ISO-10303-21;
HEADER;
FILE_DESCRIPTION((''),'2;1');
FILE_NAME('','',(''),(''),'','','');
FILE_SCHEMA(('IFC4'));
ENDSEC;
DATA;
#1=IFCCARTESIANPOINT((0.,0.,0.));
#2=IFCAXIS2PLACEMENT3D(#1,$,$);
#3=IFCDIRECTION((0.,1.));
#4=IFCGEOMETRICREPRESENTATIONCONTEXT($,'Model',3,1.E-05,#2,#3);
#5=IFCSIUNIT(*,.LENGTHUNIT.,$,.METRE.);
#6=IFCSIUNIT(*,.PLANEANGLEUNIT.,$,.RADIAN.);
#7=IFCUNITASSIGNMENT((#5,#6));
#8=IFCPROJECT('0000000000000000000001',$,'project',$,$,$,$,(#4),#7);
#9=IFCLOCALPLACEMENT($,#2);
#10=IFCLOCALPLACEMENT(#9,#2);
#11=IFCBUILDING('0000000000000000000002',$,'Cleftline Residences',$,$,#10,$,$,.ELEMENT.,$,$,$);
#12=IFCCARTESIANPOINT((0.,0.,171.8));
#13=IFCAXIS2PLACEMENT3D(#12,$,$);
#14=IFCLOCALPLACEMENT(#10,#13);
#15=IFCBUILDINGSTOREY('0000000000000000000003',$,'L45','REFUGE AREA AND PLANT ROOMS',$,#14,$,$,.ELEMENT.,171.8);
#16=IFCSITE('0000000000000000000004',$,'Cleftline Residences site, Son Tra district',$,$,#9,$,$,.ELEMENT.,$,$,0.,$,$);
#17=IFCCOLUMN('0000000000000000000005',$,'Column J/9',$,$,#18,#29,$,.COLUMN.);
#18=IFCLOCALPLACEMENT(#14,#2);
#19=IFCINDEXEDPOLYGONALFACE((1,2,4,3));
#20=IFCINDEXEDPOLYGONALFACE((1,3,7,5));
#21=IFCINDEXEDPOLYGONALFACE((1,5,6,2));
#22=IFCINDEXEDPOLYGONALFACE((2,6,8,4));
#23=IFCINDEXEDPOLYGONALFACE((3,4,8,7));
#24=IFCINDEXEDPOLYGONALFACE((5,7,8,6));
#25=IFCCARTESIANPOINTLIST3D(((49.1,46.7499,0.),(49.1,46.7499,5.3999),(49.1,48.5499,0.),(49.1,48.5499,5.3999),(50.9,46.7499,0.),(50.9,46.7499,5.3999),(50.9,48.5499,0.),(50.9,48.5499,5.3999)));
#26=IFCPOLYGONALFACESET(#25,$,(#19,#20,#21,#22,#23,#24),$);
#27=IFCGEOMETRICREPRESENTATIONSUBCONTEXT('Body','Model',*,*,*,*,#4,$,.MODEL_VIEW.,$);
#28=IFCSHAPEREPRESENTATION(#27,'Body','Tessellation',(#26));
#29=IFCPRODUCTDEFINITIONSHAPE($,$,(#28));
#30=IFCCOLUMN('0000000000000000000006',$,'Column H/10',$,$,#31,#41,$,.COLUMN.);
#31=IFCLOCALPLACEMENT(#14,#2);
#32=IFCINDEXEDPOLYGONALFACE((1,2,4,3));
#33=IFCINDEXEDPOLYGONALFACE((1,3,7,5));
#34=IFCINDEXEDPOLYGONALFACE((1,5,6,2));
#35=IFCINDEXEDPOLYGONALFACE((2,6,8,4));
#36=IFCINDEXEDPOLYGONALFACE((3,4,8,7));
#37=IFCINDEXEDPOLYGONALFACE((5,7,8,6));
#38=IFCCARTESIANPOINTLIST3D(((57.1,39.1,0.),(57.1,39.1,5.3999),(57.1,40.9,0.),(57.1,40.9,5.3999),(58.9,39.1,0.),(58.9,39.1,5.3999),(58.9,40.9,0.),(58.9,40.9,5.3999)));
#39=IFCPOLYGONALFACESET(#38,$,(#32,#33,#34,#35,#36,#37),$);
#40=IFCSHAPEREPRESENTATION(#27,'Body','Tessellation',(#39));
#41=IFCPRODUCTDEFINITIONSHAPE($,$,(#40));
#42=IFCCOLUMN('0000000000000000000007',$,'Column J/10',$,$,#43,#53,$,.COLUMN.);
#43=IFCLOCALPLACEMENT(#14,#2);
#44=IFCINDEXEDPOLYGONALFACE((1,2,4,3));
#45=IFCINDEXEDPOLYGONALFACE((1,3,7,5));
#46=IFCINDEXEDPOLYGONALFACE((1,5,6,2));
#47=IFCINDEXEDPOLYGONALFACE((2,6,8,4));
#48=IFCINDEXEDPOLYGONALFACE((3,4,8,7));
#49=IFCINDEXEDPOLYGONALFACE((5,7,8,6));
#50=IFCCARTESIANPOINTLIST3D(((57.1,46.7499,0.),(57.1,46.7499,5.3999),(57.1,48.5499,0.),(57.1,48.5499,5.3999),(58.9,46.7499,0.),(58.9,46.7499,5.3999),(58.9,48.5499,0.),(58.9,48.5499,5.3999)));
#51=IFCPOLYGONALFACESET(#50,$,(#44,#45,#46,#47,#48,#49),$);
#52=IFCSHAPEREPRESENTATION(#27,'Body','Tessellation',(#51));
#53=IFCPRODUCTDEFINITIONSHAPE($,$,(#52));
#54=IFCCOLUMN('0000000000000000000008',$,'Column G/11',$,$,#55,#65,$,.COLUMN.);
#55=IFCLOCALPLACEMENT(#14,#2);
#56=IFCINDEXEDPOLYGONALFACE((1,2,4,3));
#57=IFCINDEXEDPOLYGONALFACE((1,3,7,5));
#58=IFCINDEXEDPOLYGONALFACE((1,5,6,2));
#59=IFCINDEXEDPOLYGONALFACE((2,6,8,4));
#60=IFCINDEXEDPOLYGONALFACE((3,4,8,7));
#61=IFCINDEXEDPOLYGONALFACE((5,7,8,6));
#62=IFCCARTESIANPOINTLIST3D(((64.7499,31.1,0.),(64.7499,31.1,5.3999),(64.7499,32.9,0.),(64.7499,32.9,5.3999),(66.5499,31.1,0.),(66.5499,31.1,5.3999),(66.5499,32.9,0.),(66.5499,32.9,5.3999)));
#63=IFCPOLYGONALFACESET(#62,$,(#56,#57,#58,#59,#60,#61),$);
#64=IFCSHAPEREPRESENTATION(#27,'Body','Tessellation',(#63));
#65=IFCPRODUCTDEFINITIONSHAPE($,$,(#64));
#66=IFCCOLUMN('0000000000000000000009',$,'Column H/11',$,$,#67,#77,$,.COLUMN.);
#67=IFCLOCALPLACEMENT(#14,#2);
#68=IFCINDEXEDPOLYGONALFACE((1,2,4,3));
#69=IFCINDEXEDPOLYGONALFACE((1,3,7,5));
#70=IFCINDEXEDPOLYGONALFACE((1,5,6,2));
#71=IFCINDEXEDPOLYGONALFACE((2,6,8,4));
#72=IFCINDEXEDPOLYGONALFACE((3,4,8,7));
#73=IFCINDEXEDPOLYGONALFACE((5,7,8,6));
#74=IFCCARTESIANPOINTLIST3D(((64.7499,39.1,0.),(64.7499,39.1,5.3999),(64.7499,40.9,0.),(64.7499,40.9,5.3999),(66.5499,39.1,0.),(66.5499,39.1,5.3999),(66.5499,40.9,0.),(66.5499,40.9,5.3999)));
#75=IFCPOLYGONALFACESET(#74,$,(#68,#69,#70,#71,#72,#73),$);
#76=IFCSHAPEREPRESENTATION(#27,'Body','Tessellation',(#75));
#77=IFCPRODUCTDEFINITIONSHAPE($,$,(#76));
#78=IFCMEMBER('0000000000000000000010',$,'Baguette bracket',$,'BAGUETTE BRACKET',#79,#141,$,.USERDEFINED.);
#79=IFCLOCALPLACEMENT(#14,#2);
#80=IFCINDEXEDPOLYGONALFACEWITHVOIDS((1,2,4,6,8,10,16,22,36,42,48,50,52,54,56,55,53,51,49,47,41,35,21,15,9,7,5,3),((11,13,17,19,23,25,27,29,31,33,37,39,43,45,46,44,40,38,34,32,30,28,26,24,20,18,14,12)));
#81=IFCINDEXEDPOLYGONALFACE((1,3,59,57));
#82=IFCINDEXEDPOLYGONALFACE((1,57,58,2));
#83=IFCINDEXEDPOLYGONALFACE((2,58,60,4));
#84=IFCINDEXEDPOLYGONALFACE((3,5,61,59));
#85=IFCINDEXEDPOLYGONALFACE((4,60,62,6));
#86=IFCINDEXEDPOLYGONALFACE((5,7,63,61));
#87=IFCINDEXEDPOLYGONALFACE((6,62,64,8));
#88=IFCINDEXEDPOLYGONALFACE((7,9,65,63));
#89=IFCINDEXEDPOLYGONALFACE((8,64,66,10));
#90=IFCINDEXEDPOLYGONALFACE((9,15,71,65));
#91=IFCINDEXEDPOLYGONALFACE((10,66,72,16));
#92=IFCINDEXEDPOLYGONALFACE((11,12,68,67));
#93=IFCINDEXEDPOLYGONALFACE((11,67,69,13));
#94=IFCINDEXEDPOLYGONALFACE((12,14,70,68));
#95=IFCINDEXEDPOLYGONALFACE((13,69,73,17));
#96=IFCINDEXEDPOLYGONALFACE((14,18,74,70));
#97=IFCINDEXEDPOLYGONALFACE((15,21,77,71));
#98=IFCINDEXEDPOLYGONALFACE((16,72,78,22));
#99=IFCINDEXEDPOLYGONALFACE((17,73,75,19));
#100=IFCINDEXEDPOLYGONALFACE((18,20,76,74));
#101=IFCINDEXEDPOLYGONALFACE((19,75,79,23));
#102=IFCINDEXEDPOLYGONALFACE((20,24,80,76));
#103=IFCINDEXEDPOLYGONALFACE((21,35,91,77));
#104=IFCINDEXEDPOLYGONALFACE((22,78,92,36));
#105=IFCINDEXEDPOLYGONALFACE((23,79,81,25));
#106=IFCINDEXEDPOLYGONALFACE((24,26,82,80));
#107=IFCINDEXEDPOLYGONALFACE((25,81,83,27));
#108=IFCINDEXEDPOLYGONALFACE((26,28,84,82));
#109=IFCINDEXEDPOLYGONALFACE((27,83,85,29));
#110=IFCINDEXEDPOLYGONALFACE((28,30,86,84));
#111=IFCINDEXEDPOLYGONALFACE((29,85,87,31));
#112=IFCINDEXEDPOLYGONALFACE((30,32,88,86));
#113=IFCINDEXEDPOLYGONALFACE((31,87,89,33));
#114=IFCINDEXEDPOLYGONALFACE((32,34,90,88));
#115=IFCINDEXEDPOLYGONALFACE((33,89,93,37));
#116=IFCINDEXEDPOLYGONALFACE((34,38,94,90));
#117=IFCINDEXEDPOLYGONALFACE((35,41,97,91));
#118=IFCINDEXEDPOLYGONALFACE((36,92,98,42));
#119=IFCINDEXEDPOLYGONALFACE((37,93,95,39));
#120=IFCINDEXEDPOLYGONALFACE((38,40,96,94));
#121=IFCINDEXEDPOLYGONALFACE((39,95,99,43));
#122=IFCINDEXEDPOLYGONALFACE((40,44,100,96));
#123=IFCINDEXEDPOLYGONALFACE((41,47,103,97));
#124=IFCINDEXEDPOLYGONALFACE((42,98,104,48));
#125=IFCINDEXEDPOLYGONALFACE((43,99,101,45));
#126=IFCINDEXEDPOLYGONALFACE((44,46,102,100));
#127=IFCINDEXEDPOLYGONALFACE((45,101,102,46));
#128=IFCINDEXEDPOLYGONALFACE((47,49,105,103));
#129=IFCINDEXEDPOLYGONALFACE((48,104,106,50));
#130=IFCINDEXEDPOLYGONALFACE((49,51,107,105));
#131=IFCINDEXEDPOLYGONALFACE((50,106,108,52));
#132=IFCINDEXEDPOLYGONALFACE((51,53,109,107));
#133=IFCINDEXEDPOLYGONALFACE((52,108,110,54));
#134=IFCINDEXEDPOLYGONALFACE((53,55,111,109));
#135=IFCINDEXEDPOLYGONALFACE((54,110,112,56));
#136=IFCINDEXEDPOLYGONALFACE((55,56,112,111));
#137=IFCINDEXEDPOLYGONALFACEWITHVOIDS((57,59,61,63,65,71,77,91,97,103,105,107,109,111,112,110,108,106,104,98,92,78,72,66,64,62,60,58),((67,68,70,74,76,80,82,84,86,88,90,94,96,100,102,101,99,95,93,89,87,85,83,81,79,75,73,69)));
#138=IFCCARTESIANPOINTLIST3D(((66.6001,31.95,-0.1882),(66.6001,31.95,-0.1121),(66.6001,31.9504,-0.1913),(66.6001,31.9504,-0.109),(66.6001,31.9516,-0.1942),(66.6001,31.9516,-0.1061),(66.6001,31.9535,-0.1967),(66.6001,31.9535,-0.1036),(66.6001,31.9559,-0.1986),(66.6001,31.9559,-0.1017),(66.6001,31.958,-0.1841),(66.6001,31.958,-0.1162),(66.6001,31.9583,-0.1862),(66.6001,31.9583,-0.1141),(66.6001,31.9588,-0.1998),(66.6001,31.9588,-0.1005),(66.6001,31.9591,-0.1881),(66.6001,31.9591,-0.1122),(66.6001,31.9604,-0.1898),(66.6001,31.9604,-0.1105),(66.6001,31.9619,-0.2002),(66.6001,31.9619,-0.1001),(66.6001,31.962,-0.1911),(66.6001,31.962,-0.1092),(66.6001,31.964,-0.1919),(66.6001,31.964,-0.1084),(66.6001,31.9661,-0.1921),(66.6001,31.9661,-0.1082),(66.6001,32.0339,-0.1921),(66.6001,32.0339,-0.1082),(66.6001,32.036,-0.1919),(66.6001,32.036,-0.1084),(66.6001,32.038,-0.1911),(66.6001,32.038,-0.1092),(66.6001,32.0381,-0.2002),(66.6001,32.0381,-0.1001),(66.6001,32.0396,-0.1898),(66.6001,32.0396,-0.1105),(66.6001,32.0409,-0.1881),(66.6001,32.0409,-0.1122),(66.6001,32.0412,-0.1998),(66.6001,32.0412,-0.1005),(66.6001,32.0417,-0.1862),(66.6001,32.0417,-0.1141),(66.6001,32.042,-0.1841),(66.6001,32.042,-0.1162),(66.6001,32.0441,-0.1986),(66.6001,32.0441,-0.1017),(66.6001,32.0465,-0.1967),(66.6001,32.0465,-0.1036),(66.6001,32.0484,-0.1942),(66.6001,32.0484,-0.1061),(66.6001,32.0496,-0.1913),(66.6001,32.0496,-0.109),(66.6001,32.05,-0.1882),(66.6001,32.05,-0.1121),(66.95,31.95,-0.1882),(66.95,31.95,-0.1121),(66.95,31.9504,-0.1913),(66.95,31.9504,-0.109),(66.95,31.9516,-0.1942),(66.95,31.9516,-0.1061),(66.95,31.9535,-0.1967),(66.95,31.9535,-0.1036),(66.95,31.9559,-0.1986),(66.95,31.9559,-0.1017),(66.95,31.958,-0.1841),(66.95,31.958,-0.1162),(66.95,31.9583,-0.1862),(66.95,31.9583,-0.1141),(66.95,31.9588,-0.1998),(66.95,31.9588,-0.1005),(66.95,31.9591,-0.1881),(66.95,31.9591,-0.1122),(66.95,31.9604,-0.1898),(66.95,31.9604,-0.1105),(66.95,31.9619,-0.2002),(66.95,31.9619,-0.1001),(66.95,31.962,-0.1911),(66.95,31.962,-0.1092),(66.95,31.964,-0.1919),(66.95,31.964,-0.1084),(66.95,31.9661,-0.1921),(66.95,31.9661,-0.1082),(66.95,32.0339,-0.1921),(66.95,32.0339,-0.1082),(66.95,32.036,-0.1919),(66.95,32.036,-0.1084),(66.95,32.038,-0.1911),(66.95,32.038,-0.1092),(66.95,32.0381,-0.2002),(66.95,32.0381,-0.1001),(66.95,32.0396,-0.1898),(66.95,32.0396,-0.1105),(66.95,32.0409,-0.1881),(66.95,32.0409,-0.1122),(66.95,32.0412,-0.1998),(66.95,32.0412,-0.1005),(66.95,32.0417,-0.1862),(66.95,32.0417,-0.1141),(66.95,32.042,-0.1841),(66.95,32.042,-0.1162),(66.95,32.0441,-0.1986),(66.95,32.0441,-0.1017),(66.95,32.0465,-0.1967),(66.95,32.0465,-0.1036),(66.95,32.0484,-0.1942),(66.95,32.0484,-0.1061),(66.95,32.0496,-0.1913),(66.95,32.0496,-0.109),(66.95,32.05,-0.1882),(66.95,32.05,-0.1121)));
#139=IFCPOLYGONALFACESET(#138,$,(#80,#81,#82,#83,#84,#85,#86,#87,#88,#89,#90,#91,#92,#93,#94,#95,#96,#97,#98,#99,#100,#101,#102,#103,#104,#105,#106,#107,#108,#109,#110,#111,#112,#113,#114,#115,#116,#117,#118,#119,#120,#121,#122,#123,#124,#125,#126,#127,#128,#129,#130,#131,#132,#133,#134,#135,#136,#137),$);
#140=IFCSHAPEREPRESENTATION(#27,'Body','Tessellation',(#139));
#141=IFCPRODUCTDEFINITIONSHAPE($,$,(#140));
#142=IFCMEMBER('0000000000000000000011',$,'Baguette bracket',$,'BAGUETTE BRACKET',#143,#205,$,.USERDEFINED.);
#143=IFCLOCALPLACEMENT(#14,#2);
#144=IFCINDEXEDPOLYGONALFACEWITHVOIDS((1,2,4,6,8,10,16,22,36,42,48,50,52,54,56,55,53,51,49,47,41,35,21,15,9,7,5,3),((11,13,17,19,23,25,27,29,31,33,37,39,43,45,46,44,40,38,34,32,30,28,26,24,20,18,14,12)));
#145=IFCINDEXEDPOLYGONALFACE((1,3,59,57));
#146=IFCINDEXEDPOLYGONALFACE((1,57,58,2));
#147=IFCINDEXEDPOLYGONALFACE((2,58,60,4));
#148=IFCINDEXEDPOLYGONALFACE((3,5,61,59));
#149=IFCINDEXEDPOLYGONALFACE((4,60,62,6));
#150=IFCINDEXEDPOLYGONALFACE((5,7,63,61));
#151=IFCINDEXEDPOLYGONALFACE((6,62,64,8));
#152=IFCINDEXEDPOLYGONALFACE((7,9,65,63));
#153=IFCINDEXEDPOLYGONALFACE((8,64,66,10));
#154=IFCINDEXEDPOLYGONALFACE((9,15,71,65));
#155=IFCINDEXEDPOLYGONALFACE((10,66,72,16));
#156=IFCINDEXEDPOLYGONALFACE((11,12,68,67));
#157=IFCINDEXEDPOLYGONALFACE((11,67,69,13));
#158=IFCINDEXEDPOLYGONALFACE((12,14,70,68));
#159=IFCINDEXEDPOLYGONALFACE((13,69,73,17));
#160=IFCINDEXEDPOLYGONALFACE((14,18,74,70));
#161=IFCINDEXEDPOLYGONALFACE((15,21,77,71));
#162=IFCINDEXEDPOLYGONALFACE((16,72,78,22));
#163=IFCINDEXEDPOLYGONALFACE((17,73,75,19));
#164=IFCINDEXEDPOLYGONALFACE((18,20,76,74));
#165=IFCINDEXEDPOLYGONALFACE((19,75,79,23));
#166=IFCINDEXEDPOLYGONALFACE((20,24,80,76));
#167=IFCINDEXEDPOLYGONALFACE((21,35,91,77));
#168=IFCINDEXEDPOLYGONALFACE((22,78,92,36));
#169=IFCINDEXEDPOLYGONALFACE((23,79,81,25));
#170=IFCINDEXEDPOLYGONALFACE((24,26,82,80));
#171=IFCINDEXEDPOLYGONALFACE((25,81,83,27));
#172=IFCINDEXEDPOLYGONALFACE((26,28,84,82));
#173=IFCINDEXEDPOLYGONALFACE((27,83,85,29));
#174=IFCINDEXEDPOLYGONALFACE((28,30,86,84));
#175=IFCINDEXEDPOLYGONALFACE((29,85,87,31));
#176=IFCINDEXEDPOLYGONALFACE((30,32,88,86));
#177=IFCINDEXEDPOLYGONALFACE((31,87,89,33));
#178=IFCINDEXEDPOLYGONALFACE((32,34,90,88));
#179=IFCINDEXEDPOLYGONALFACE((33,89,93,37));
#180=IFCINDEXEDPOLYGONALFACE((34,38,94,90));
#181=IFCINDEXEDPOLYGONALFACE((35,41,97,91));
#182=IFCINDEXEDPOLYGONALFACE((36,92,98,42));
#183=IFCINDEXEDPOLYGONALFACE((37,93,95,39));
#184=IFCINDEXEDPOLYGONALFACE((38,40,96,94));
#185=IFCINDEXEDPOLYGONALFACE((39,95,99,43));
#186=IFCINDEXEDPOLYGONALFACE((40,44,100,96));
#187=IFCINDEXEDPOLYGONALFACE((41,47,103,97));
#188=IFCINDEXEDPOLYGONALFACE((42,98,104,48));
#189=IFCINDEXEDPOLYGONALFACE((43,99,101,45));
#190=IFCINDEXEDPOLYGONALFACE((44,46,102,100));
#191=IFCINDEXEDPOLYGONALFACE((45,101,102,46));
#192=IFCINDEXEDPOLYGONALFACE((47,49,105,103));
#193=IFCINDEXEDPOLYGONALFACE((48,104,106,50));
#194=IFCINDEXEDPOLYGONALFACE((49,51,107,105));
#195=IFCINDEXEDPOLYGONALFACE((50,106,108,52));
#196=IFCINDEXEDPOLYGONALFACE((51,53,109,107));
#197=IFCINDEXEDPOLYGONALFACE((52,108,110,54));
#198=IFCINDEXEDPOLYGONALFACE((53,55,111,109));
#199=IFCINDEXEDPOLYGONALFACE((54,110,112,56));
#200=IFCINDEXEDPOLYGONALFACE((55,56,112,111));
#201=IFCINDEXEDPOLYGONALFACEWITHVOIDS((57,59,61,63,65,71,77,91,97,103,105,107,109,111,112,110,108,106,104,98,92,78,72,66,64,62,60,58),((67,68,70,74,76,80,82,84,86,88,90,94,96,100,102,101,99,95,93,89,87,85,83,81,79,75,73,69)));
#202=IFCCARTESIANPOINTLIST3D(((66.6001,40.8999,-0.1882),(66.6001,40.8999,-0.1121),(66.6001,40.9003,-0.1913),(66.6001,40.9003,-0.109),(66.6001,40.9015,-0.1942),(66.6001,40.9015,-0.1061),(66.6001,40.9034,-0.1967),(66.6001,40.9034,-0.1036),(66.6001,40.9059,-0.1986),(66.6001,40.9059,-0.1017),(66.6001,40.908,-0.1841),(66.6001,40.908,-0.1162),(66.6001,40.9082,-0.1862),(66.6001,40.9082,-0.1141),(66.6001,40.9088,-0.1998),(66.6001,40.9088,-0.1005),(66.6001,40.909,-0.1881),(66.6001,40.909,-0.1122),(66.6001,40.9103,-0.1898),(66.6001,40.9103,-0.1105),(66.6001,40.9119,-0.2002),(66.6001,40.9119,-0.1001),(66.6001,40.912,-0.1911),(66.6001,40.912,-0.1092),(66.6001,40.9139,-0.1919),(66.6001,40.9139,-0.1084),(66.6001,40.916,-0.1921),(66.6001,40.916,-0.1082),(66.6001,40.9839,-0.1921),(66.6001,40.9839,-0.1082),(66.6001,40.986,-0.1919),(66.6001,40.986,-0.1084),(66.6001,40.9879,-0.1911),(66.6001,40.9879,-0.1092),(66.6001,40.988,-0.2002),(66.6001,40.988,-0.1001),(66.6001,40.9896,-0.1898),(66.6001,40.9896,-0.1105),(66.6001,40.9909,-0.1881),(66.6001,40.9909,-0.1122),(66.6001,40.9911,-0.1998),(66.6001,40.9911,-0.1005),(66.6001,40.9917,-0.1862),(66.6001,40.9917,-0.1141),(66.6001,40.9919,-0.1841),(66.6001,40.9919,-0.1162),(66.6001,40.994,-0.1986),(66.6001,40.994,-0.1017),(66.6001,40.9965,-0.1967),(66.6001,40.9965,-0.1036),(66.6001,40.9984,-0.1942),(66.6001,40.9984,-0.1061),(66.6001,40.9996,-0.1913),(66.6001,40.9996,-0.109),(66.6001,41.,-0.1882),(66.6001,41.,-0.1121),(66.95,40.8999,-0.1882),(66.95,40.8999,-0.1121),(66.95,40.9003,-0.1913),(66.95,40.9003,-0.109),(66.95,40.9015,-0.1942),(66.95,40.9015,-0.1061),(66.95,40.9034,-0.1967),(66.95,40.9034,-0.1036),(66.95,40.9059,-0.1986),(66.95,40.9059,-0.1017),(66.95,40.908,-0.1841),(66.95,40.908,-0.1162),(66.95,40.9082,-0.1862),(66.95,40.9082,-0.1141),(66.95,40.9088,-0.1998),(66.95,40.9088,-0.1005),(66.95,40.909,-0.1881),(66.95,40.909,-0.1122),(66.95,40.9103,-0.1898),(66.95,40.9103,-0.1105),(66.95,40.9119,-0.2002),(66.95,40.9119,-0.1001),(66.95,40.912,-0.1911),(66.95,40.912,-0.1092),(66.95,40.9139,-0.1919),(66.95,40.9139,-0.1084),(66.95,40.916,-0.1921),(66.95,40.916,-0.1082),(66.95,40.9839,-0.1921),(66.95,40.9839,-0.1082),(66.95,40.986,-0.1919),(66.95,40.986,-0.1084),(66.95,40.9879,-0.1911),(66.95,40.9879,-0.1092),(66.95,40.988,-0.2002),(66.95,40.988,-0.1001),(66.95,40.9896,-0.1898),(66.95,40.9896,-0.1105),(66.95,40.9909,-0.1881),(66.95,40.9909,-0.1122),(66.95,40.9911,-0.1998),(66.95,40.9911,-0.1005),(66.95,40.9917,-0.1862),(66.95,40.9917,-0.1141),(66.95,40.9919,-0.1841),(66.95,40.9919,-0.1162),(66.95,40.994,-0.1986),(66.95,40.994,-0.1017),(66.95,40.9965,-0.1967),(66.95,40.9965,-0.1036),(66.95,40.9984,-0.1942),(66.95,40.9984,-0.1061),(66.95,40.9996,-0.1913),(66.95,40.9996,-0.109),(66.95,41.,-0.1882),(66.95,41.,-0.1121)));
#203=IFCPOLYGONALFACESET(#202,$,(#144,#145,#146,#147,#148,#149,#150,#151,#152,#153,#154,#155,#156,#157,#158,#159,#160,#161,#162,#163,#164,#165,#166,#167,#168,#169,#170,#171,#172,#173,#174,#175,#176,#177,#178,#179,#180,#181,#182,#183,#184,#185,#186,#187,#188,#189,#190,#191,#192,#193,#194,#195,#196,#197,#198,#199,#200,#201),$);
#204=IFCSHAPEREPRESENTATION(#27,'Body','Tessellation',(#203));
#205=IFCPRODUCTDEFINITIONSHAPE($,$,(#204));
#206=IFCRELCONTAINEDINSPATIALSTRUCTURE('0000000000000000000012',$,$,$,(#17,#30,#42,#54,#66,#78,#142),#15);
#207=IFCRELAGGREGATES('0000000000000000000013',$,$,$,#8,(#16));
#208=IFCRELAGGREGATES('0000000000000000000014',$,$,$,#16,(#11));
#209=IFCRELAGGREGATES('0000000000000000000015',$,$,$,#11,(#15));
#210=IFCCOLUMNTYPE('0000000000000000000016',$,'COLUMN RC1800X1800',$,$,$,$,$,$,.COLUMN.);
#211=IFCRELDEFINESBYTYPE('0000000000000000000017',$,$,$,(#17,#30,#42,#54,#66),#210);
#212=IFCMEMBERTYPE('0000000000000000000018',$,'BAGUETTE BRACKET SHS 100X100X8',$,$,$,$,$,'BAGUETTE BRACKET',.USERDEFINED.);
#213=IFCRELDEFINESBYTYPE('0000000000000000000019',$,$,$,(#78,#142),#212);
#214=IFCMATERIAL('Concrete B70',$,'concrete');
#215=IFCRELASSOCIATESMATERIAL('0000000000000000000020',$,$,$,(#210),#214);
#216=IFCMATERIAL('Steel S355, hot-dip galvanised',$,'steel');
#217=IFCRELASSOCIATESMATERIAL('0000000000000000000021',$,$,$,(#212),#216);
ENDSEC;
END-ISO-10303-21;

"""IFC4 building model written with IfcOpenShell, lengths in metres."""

from ifc_helpers import new_model, si_unit, direction, frame, origin, origin_2d, place, context, subcontext, project, spatial, rectangle, hollow_rectangle, extrude, material, material_profile, profile_set, type_object, element, save


model = new_model("IFC4")

# Units and contexts
model_context = context("Model", 3, precision=1e-05, world=origin(), true_north=direction((0.0, 1.0)))
body_context = subcontext(model_context, "Body", "Model", "MODEL_VIEW")
ifc_project = project(units=[si_unit("LENGTHUNIT", "METRE"), si_unit("PLANEANGLEUNIT", "RADIAN")], contexts=[model_context])

# Site, building, storey
site_placement = place(None, origin())
site = spatial("IfcSite", under=ifc_project, at=site_placement, Name="Cleftline Residences site, Son Tra district", CompositionType="ELEMENT", RefElevation=0.0)
building_placement = place(site_placement, origin())
building = spatial("IfcBuilding", under=site, at=building_placement, Name="Cleftline Residences", CompositionType="ELEMENT")
storey_placement = place(building_placement, frame((0.0, 0.0, 171.8)))
storey = spatial("IfcBuildingStorey", under=building, at=storey_placement, Name="L45", Description="REFUGE AREA AND PLANT ROOMS", CompositionType="ELEMENT", Elevation=171.8)

# Columns
ifc_material_1 = material(Name="Concrete B70", Category="concrete")
ifc_material_profile_1 = material_profile(ifc_material_1, rectangle(XDim=1.8, YDim=1.8, at=origin_2d()))
ifc_profile_set_1 = profile_set([ifc_material_profile_1], Name="Concrete B70")
column_type = type_object("IfcColumnType", Name="COLUMN RC1800X1800", PredefinedType="COLUMN", material=ifc_profile_set_1)
for number, where, z_axis, x_axis, name in (
    (1, (50.0, 47.6499, 0.0), (0.0, 0.0, 1.0), (1.0, 0.0, 0.0), "Column J/9"),
    (2, (58.0, 40.0, 0.0), (0.0, 0.0, 1.0), (1.0, 0.0, 0.0), "Column H/10"),
    (3, (58.0, 47.6499, 0.0), (0.0, 0.0, 1.0), (1.0, 0.0, 0.0), "Column J/10"),
    (4, (65.6499, 32.0, 0.0), (0.0, 0.0, 1.0), (1.0, 0.0, 0.0), "Column G/11"),
    (5, (65.6499, 40.0, 0.0), (0.0, 0.0, 1.0), (1.0, 0.0, 0.0), "Column H/11"),
):
    element("IfcColumn", number, at=place(storey_placement, frame(where, z_axis=z_axis, x_axis=x_axis)), inside=storey, type_object=column_type, Name=name, PredefinedType="COLUMN", context=body_context, shape_type="SweptSolid", body=[
        extrude(rectangle(XDim=1.8, YDim=1.8, at=origin_2d()), origin(), (0.0, 0.0, 1.0), 5.3999),
    ])

# Members
ifc_material_2 = material(Name="Steel S355, hot-dip galvanised", Category="steel")
ifc_material_profile_2 = material_profile(ifc_material_2, hollow_rectangle(XDim=0.1001, YDim=0.1001, WallThickness=0.0081, InnerFilletRadius=0.0081, OuterFilletRadius=0.012, at=origin_2d()))
ifc_profile_set_2 = profile_set([ifc_material_profile_2], Name="Steel S355, hot-dip galvanised")
member_type_1 = type_object("IfcMemberType", Name="BAGUETTE BRACKET SHS 100X100X8", ElementType="BAGUETTE BRACKET", PredefinedType="USERDEFINED", material=ifc_profile_set_2)
for number, where, z_axis, x_axis, name in (
    (6, (66.6001, 32.0, -0.1501), (1.0, 0.0, 0.0), (0.0, 1.0, 0.0), "Baguette bracket"),
    (7, (66.6001, 40.95, -0.1501), (1.0, 0.0, 0.0), (0.0, 1.0, 0.0), "Baguette bracket"),
):
    element("IfcMember", number, at=place(storey_placement, frame(where, z_axis=z_axis, x_axis=x_axis)), inside=storey, type_object=member_type_1, Name=name, ObjectType="BAGUETTE BRACKET", PredefinedType="USERDEFINED", context=body_context, shape_type="SweptSolid", body=[
        extrude(hollow_rectangle(XDim=0.1001, YDim=0.1001, WallThickness=0.0081, InnerFilletRadius=0.0081, OuterFilletRadius=0.012, at=origin_2d()), origin(), (0.0, 0.0, 1.0), 0.3499),
    ])

save(model, "model.ifc")
